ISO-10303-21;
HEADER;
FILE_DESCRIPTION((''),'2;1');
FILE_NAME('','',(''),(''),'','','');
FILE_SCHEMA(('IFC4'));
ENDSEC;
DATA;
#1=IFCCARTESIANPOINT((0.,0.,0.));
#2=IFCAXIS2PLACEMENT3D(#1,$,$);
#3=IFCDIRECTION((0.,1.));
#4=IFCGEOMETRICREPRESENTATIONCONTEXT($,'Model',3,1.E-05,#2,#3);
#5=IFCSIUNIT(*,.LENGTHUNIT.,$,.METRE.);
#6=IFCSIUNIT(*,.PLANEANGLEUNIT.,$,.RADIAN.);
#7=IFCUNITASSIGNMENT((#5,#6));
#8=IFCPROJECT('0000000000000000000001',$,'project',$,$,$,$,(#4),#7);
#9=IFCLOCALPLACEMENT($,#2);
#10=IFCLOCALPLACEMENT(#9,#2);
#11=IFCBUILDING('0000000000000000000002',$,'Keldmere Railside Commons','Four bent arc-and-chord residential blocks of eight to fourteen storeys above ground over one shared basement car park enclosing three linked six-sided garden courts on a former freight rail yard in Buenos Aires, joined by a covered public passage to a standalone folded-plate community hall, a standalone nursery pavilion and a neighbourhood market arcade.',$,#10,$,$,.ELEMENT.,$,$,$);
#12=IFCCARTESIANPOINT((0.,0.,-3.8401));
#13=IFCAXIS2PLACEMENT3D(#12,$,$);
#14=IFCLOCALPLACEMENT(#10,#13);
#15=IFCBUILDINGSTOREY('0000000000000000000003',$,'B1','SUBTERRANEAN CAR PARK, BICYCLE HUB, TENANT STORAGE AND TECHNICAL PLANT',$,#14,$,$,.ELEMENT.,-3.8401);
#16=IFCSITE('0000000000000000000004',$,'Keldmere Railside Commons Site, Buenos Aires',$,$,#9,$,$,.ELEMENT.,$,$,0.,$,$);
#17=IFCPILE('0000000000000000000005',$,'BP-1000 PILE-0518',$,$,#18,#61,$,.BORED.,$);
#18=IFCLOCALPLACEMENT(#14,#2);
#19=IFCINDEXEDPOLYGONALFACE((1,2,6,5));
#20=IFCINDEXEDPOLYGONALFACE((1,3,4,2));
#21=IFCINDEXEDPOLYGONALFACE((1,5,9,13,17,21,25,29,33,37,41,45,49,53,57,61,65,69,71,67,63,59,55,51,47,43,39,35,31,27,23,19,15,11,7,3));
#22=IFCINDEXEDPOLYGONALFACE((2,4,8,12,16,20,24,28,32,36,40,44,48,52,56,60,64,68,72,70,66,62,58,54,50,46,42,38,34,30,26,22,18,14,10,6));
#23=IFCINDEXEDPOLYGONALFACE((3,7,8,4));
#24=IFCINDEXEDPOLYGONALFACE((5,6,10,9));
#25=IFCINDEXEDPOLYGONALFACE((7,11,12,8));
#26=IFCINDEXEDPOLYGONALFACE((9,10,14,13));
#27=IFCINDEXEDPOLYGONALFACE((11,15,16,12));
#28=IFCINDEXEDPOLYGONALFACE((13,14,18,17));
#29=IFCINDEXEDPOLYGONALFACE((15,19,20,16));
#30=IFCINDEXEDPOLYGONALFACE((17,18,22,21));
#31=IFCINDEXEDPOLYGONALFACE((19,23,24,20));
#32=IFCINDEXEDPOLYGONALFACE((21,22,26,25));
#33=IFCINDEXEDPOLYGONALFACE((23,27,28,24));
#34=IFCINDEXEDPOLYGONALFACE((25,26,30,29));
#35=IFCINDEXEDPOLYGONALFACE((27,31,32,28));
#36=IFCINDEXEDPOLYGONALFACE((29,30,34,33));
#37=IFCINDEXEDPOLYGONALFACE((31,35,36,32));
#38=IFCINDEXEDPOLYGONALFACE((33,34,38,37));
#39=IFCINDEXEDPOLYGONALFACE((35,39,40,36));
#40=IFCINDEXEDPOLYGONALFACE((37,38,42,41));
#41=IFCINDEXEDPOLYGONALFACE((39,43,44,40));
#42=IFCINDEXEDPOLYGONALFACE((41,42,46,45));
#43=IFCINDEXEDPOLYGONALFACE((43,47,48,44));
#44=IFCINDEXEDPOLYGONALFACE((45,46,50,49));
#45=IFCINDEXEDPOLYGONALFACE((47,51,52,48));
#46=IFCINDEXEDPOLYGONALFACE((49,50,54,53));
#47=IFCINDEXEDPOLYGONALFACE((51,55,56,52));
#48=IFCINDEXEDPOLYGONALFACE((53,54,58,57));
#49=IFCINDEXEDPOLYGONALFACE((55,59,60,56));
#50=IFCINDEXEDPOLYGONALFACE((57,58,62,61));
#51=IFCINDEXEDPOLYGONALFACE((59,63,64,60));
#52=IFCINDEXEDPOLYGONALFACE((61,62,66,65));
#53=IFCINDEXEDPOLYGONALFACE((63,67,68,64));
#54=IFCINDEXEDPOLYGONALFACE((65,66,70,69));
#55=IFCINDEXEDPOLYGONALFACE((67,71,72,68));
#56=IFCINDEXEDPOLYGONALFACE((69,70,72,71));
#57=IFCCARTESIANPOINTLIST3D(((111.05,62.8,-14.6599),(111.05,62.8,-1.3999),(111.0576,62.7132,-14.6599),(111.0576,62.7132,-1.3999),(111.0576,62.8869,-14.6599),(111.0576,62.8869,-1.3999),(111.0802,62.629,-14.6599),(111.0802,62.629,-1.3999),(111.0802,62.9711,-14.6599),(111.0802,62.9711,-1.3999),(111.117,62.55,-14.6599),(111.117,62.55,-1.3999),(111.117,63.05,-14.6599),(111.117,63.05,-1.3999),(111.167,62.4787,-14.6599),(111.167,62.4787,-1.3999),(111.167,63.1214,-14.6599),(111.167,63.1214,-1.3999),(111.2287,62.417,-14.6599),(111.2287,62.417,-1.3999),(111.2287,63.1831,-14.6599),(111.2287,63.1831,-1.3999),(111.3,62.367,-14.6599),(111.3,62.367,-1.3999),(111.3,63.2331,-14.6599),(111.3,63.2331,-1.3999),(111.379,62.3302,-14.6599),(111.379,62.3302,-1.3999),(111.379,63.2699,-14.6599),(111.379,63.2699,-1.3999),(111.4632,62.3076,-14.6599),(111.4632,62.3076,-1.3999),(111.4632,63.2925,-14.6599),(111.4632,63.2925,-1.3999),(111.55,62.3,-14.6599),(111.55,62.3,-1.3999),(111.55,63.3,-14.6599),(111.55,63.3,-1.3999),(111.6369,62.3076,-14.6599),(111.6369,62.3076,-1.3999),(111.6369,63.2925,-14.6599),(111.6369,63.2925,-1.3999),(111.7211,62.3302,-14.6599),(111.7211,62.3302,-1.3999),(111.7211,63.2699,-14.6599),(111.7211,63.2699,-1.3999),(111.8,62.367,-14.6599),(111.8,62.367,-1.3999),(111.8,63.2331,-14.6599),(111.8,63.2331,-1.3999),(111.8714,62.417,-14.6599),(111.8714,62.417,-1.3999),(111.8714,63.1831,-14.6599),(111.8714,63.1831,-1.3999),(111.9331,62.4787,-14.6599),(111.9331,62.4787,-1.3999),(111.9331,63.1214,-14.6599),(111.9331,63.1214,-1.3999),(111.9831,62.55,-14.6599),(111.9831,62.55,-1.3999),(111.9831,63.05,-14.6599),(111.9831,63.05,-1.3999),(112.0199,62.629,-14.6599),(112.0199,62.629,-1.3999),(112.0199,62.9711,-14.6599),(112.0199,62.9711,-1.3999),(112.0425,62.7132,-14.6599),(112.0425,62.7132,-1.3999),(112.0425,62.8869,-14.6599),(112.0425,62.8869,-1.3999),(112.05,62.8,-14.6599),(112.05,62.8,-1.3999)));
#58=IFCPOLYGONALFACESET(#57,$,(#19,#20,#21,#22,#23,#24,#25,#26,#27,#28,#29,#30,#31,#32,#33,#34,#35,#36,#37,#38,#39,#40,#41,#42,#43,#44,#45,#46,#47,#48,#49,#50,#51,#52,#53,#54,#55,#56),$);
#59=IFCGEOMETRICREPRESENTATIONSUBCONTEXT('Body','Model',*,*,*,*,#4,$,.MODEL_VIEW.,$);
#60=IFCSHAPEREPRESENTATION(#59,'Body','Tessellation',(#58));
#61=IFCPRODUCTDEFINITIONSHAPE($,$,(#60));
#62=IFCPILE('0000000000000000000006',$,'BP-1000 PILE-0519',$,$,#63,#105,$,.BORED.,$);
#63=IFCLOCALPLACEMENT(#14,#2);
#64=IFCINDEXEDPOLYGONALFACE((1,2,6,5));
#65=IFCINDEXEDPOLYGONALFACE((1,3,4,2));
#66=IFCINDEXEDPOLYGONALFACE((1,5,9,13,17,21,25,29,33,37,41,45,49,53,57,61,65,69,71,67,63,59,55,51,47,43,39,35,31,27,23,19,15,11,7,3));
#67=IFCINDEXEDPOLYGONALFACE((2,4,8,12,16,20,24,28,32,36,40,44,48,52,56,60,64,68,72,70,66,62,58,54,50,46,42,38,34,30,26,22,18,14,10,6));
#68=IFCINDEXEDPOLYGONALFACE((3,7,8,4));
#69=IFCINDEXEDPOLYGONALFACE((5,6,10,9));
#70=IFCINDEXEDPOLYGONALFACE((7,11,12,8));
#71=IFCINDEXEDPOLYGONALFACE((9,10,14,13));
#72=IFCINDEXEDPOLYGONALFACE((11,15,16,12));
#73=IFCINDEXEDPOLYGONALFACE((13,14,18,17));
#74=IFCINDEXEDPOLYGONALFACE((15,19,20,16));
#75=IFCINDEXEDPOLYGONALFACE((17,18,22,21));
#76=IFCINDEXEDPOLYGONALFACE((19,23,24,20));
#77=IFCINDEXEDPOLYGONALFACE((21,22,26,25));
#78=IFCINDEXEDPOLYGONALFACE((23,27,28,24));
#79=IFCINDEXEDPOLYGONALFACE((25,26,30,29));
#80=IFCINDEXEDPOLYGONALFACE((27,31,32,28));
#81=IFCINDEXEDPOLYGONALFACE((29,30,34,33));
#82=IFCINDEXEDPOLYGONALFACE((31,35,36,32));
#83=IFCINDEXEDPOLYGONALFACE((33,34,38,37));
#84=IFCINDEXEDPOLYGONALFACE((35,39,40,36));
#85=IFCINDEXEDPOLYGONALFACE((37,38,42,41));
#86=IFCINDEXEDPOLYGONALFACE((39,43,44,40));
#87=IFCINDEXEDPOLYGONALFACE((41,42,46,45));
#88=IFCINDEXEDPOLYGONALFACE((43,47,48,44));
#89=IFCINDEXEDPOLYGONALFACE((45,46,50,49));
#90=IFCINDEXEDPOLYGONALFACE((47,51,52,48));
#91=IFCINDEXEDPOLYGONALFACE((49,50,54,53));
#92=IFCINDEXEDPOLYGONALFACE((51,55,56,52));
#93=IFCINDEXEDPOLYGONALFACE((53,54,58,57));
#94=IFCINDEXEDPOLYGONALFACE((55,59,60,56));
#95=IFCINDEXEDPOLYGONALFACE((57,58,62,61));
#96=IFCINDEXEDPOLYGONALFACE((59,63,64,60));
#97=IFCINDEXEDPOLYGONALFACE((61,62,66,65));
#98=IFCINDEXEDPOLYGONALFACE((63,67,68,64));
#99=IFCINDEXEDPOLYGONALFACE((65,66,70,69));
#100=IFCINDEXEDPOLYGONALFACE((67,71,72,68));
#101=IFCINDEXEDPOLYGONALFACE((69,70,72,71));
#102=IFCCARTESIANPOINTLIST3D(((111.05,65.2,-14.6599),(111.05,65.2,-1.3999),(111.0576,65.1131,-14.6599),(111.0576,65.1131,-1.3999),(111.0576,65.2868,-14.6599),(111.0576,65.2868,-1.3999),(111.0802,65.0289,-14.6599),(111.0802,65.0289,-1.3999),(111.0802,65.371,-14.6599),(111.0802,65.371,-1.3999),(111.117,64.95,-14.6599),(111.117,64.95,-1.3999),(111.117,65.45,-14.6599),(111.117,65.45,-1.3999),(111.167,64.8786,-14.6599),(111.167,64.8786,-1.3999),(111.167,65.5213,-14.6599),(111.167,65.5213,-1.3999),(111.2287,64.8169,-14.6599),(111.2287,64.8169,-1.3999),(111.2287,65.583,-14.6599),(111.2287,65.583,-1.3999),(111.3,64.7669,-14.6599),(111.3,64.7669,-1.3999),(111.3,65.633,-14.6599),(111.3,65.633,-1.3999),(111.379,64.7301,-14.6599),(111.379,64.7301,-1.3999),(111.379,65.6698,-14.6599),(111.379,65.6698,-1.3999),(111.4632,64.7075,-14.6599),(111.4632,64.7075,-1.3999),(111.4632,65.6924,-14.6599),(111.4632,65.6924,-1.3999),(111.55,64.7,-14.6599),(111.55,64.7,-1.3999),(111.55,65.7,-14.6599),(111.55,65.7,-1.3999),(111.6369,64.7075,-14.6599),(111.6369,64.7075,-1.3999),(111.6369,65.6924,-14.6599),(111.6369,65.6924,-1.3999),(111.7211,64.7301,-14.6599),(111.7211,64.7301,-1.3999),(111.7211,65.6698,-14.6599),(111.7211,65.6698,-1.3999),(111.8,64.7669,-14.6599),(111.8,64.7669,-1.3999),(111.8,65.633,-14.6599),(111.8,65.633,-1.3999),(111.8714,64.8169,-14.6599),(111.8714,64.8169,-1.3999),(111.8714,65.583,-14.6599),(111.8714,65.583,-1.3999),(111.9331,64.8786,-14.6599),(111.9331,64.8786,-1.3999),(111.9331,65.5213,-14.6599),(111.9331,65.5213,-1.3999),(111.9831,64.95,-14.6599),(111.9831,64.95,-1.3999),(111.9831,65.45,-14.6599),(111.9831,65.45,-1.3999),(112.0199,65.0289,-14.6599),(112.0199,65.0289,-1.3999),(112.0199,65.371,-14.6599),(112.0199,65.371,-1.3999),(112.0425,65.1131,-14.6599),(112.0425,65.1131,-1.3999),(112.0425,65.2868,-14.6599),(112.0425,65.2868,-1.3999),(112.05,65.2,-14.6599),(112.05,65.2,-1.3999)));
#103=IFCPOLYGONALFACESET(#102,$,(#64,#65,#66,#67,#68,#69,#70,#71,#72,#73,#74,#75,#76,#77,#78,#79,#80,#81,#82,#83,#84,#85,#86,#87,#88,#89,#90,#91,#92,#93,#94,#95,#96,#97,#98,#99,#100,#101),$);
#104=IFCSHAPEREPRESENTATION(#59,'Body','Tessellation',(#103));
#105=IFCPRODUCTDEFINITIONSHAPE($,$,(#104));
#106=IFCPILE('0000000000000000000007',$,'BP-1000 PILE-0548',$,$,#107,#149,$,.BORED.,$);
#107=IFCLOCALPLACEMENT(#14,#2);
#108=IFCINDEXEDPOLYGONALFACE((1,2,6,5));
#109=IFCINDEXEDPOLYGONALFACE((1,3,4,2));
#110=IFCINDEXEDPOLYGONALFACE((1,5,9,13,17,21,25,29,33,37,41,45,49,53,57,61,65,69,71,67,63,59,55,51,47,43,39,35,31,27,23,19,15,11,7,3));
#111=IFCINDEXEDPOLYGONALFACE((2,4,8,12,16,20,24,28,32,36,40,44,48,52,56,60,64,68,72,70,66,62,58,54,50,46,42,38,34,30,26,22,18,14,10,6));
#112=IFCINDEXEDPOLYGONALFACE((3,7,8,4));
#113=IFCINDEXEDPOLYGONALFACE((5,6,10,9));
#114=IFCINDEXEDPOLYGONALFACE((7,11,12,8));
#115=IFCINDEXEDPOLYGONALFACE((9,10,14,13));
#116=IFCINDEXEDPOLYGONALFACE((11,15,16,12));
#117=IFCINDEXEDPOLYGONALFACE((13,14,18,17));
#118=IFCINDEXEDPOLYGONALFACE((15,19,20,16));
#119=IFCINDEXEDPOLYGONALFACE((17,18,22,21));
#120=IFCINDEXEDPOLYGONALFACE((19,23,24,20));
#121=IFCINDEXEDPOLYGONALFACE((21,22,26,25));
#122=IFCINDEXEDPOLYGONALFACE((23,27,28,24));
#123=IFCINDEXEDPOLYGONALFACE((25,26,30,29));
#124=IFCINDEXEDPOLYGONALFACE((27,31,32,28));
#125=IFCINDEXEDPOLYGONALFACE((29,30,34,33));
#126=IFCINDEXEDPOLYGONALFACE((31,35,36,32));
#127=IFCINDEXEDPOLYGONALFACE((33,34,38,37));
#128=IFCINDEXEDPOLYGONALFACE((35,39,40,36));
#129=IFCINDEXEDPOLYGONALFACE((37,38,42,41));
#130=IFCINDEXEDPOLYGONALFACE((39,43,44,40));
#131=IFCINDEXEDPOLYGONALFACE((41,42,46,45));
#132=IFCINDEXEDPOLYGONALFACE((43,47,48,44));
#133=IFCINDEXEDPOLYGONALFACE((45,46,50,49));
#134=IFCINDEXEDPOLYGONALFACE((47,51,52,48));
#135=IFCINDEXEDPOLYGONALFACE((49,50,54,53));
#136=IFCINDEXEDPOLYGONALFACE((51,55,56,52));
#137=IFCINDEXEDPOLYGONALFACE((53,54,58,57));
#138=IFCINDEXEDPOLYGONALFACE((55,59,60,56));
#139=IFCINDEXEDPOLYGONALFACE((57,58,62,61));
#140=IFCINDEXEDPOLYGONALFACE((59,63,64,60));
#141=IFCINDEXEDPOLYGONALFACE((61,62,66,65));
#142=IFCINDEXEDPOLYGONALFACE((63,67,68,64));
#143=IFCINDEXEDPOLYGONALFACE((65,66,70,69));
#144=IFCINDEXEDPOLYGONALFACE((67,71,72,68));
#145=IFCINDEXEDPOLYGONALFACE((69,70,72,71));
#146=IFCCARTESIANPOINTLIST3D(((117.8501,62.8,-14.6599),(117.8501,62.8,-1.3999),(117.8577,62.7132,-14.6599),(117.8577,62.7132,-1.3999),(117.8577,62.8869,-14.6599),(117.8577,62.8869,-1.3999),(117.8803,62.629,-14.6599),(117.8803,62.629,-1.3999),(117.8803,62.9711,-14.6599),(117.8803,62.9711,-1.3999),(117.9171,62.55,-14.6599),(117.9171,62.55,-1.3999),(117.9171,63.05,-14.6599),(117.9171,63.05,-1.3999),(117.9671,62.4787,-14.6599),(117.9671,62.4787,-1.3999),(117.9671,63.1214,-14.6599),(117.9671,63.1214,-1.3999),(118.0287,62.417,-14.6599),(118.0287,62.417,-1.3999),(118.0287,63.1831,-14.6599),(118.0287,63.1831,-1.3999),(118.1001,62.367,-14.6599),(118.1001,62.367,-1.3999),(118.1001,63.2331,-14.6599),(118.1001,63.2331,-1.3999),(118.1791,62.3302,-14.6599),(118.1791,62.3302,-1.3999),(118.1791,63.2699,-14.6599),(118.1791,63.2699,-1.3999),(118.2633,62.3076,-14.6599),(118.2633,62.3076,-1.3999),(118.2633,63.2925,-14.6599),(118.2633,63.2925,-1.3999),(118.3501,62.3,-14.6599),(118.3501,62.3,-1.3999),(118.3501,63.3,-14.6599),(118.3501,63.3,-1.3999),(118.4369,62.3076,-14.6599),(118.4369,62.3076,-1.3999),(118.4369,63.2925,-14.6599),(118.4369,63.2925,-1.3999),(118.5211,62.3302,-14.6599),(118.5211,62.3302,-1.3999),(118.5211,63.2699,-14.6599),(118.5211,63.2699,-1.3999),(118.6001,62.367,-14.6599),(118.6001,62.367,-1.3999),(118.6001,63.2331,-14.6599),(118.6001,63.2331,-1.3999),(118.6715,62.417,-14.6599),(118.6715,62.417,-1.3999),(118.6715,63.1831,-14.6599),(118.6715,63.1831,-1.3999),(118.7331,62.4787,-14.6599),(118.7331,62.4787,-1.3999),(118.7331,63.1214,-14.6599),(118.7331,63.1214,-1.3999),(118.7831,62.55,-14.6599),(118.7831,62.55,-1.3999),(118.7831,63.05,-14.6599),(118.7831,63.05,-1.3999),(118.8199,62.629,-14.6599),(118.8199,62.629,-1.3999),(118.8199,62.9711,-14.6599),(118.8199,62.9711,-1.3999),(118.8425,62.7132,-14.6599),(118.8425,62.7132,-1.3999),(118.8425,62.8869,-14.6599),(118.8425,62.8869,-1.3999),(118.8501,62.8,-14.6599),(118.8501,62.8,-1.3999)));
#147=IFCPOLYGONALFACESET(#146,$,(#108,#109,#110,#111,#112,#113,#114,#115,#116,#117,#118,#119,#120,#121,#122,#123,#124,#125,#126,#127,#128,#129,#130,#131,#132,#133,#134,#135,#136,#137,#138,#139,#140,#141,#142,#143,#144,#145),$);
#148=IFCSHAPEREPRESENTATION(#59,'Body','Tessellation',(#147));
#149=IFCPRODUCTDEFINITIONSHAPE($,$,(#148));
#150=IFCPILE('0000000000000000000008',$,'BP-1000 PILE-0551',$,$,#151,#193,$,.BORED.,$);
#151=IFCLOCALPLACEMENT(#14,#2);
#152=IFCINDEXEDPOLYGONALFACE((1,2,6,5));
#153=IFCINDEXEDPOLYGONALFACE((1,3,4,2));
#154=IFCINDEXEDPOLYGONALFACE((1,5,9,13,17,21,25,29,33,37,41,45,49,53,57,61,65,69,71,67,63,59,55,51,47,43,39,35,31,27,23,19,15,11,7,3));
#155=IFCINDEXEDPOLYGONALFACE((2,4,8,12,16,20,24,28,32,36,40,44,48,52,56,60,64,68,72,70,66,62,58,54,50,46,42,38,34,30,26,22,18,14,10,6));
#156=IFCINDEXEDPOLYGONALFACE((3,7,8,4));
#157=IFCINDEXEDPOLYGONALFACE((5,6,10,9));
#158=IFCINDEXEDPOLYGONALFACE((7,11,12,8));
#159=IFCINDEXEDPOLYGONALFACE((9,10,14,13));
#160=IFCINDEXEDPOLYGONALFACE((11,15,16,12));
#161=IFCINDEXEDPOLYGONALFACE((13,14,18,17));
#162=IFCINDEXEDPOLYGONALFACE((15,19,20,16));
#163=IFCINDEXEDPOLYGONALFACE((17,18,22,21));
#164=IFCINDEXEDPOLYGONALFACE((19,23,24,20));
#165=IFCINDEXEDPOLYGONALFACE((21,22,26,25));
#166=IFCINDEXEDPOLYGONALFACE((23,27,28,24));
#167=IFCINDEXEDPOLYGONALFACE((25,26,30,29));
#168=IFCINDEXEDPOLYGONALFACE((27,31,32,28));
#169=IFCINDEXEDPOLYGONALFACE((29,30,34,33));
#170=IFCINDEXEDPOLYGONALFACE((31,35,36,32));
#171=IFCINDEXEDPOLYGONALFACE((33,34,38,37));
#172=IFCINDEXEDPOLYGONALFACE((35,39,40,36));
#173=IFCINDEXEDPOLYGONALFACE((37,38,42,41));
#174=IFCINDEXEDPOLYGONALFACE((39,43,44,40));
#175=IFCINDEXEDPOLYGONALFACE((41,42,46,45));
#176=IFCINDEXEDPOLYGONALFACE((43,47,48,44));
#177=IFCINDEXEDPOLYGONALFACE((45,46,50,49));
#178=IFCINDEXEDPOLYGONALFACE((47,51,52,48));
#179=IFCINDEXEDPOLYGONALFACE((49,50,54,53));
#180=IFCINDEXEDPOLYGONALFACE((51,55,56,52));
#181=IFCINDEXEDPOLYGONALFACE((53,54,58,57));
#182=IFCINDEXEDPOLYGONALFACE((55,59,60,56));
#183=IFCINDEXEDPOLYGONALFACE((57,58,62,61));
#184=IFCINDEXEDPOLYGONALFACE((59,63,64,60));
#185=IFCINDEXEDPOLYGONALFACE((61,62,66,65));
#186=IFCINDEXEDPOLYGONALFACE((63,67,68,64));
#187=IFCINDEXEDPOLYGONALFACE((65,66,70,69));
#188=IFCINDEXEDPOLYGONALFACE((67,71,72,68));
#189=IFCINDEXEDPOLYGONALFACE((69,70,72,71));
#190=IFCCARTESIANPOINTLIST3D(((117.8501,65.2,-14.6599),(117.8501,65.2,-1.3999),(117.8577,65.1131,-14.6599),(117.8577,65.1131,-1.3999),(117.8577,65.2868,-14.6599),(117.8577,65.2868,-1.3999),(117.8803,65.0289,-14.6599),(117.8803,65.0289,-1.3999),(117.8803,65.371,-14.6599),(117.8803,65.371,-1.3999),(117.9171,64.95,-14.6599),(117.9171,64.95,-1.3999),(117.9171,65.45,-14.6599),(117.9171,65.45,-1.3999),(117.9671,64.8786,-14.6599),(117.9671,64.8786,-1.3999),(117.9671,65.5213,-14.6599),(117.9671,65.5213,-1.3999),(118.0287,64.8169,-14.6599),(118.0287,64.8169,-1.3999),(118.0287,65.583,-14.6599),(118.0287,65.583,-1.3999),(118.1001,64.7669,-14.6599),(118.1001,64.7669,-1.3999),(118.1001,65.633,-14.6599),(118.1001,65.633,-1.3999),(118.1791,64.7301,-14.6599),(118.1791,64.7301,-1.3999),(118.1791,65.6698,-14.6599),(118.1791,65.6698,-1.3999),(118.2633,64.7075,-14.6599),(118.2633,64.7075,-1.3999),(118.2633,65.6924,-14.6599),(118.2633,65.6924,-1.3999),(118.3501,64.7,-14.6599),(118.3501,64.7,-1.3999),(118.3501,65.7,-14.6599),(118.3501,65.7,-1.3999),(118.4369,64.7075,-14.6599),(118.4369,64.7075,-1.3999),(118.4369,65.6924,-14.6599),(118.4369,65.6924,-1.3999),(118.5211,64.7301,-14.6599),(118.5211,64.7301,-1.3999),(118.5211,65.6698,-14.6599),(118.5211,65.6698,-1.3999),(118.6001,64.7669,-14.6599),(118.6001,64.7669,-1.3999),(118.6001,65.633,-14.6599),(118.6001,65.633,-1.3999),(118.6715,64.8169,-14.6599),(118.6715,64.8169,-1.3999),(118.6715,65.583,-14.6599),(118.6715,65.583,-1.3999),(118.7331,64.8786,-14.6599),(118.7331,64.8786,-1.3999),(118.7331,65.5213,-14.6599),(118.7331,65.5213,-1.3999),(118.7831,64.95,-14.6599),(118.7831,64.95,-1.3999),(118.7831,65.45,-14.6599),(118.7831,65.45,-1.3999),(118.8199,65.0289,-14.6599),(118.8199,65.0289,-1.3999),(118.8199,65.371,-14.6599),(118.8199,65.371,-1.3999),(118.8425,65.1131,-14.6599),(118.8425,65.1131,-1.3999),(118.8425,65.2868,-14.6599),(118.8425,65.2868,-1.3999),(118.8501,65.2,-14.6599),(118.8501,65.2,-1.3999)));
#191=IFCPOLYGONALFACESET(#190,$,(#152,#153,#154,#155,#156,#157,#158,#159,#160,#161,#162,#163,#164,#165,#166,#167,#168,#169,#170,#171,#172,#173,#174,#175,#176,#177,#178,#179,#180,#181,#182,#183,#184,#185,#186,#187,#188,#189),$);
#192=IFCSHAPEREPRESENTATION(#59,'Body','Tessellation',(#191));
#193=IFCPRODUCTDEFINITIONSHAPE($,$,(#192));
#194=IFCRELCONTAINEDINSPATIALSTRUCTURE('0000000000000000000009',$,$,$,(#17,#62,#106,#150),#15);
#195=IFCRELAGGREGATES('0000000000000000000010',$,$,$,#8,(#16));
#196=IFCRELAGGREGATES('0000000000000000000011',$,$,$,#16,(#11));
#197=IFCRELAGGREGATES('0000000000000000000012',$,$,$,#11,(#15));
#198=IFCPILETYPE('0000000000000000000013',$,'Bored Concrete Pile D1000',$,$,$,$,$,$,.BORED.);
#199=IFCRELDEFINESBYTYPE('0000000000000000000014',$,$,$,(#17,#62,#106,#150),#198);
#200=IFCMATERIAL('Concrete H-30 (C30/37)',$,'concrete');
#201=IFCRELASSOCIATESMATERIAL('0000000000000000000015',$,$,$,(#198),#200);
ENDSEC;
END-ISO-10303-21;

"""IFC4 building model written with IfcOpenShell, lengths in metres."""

from ifc_helpers import new_model, si_unit, direction, frame, origin, origin_2d, place, context, subcontext, project, spatial, circle, extrude, material, material_profile, profile_set, type_object, element, save


model = new_model("IFC4")

# Units and contexts
model_context = context("Model", 3, precision=1e-05, world=origin(), true_north=direction((0.0, 1.0)))
body_context = subcontext(model_context, "Body", "Model", "MODEL_VIEW")
ifc_project = project(units=[si_unit("LENGTHUNIT", "METRE"), si_unit("PLANEANGLEUNIT", "RADIAN")], contexts=[model_context])

# Site, building, storey
site_placement = place(None, origin())
site = spatial("IfcSite", under=ifc_project, at=site_placement, Name="Keldmere Railside Commons Site, Buenos Aires", CompositionType="ELEMENT", RefElevation=0.0)
building_placement = place(site_placement, origin())
building = spatial("IfcBuilding", under=site, at=building_placement, Name="Keldmere Railside Commons", Description="Four bent arc-and-chord residential blocks of eight to fourteen storeys above ground over one shared basement car park enclosing three linked six-sided garden courts on a former freight rail yard in Buenos Aires, joined by a covered public passage to a standalone folded-plate community hall, a standalone nursery pavilion and a neighbourhood market arcade.", CompositionType="ELEMENT")
storey_placement = place(building_placement, frame((0.0, 0.0, -3.8401)))
storey = spatial("IfcBuildingStorey", under=building, at=storey_placement, Name="B1", Description="SUBTERRANEAN CAR PARK, BICYCLE HUB, TENANT STORAGE AND TECHNICAL PLANT", CompositionType="ELEMENT", Elevation=-3.8401)

# Piles
ifc_material_1 = material(Name="Concrete H-30 (C30/37)", Category="concrete")
ifc_material_profile_1 = material_profile(ifc_material_1, circle(Radius=0.5, at=origin_2d()), Name="PILE-D1000")
ifc_profile_set_1 = profile_set([ifc_material_profile_1], Name="Concrete H-30 (C30/37)")
pile_type_1 = type_object("IfcPileType", Name="Bored Concrete Pile D1000", PredefinedType="BORED", material=ifc_profile_set_1)
for number, where, z_axis, x_axis, name in (
    (1, (111.55, 62.8, -1.3999), (0.0, 0.0, -1.0), (1.0, 0.0, 0.0), "BP-1000 PILE-0518"),
    (2, (111.55, 65.2, -1.3999), (0.0, 0.0, -1.0), (1.0, 0.0, 0.0), "BP-1000 PILE-0519"),
    (3, (118.3501, 62.8, -1.3999), (0.0, 0.0, -1.0), (1.0, 0.0, 0.0), "BP-1000 PILE-0548"),
    (4, (118.3501, 65.2, -1.3999), (0.0, 0.0, -1.0), (1.0, 0.0, 0.0), "BP-1000 PILE-0551"),
):
    element("IfcPile", number, at=place(storey_placement, frame(where, z_axis=z_axis, x_axis=x_axis)), inside=storey, type_object=pile_type_1, Name=name, PredefinedType="BORED", context=body_context, shape_type="SweptSolid", body=[
        extrude(circle(Radius=0.5, at=origin_2d()), origin(), (0.0, 0.0, 1.0), 13.26),
    ])

save(model, "model.ifc")
